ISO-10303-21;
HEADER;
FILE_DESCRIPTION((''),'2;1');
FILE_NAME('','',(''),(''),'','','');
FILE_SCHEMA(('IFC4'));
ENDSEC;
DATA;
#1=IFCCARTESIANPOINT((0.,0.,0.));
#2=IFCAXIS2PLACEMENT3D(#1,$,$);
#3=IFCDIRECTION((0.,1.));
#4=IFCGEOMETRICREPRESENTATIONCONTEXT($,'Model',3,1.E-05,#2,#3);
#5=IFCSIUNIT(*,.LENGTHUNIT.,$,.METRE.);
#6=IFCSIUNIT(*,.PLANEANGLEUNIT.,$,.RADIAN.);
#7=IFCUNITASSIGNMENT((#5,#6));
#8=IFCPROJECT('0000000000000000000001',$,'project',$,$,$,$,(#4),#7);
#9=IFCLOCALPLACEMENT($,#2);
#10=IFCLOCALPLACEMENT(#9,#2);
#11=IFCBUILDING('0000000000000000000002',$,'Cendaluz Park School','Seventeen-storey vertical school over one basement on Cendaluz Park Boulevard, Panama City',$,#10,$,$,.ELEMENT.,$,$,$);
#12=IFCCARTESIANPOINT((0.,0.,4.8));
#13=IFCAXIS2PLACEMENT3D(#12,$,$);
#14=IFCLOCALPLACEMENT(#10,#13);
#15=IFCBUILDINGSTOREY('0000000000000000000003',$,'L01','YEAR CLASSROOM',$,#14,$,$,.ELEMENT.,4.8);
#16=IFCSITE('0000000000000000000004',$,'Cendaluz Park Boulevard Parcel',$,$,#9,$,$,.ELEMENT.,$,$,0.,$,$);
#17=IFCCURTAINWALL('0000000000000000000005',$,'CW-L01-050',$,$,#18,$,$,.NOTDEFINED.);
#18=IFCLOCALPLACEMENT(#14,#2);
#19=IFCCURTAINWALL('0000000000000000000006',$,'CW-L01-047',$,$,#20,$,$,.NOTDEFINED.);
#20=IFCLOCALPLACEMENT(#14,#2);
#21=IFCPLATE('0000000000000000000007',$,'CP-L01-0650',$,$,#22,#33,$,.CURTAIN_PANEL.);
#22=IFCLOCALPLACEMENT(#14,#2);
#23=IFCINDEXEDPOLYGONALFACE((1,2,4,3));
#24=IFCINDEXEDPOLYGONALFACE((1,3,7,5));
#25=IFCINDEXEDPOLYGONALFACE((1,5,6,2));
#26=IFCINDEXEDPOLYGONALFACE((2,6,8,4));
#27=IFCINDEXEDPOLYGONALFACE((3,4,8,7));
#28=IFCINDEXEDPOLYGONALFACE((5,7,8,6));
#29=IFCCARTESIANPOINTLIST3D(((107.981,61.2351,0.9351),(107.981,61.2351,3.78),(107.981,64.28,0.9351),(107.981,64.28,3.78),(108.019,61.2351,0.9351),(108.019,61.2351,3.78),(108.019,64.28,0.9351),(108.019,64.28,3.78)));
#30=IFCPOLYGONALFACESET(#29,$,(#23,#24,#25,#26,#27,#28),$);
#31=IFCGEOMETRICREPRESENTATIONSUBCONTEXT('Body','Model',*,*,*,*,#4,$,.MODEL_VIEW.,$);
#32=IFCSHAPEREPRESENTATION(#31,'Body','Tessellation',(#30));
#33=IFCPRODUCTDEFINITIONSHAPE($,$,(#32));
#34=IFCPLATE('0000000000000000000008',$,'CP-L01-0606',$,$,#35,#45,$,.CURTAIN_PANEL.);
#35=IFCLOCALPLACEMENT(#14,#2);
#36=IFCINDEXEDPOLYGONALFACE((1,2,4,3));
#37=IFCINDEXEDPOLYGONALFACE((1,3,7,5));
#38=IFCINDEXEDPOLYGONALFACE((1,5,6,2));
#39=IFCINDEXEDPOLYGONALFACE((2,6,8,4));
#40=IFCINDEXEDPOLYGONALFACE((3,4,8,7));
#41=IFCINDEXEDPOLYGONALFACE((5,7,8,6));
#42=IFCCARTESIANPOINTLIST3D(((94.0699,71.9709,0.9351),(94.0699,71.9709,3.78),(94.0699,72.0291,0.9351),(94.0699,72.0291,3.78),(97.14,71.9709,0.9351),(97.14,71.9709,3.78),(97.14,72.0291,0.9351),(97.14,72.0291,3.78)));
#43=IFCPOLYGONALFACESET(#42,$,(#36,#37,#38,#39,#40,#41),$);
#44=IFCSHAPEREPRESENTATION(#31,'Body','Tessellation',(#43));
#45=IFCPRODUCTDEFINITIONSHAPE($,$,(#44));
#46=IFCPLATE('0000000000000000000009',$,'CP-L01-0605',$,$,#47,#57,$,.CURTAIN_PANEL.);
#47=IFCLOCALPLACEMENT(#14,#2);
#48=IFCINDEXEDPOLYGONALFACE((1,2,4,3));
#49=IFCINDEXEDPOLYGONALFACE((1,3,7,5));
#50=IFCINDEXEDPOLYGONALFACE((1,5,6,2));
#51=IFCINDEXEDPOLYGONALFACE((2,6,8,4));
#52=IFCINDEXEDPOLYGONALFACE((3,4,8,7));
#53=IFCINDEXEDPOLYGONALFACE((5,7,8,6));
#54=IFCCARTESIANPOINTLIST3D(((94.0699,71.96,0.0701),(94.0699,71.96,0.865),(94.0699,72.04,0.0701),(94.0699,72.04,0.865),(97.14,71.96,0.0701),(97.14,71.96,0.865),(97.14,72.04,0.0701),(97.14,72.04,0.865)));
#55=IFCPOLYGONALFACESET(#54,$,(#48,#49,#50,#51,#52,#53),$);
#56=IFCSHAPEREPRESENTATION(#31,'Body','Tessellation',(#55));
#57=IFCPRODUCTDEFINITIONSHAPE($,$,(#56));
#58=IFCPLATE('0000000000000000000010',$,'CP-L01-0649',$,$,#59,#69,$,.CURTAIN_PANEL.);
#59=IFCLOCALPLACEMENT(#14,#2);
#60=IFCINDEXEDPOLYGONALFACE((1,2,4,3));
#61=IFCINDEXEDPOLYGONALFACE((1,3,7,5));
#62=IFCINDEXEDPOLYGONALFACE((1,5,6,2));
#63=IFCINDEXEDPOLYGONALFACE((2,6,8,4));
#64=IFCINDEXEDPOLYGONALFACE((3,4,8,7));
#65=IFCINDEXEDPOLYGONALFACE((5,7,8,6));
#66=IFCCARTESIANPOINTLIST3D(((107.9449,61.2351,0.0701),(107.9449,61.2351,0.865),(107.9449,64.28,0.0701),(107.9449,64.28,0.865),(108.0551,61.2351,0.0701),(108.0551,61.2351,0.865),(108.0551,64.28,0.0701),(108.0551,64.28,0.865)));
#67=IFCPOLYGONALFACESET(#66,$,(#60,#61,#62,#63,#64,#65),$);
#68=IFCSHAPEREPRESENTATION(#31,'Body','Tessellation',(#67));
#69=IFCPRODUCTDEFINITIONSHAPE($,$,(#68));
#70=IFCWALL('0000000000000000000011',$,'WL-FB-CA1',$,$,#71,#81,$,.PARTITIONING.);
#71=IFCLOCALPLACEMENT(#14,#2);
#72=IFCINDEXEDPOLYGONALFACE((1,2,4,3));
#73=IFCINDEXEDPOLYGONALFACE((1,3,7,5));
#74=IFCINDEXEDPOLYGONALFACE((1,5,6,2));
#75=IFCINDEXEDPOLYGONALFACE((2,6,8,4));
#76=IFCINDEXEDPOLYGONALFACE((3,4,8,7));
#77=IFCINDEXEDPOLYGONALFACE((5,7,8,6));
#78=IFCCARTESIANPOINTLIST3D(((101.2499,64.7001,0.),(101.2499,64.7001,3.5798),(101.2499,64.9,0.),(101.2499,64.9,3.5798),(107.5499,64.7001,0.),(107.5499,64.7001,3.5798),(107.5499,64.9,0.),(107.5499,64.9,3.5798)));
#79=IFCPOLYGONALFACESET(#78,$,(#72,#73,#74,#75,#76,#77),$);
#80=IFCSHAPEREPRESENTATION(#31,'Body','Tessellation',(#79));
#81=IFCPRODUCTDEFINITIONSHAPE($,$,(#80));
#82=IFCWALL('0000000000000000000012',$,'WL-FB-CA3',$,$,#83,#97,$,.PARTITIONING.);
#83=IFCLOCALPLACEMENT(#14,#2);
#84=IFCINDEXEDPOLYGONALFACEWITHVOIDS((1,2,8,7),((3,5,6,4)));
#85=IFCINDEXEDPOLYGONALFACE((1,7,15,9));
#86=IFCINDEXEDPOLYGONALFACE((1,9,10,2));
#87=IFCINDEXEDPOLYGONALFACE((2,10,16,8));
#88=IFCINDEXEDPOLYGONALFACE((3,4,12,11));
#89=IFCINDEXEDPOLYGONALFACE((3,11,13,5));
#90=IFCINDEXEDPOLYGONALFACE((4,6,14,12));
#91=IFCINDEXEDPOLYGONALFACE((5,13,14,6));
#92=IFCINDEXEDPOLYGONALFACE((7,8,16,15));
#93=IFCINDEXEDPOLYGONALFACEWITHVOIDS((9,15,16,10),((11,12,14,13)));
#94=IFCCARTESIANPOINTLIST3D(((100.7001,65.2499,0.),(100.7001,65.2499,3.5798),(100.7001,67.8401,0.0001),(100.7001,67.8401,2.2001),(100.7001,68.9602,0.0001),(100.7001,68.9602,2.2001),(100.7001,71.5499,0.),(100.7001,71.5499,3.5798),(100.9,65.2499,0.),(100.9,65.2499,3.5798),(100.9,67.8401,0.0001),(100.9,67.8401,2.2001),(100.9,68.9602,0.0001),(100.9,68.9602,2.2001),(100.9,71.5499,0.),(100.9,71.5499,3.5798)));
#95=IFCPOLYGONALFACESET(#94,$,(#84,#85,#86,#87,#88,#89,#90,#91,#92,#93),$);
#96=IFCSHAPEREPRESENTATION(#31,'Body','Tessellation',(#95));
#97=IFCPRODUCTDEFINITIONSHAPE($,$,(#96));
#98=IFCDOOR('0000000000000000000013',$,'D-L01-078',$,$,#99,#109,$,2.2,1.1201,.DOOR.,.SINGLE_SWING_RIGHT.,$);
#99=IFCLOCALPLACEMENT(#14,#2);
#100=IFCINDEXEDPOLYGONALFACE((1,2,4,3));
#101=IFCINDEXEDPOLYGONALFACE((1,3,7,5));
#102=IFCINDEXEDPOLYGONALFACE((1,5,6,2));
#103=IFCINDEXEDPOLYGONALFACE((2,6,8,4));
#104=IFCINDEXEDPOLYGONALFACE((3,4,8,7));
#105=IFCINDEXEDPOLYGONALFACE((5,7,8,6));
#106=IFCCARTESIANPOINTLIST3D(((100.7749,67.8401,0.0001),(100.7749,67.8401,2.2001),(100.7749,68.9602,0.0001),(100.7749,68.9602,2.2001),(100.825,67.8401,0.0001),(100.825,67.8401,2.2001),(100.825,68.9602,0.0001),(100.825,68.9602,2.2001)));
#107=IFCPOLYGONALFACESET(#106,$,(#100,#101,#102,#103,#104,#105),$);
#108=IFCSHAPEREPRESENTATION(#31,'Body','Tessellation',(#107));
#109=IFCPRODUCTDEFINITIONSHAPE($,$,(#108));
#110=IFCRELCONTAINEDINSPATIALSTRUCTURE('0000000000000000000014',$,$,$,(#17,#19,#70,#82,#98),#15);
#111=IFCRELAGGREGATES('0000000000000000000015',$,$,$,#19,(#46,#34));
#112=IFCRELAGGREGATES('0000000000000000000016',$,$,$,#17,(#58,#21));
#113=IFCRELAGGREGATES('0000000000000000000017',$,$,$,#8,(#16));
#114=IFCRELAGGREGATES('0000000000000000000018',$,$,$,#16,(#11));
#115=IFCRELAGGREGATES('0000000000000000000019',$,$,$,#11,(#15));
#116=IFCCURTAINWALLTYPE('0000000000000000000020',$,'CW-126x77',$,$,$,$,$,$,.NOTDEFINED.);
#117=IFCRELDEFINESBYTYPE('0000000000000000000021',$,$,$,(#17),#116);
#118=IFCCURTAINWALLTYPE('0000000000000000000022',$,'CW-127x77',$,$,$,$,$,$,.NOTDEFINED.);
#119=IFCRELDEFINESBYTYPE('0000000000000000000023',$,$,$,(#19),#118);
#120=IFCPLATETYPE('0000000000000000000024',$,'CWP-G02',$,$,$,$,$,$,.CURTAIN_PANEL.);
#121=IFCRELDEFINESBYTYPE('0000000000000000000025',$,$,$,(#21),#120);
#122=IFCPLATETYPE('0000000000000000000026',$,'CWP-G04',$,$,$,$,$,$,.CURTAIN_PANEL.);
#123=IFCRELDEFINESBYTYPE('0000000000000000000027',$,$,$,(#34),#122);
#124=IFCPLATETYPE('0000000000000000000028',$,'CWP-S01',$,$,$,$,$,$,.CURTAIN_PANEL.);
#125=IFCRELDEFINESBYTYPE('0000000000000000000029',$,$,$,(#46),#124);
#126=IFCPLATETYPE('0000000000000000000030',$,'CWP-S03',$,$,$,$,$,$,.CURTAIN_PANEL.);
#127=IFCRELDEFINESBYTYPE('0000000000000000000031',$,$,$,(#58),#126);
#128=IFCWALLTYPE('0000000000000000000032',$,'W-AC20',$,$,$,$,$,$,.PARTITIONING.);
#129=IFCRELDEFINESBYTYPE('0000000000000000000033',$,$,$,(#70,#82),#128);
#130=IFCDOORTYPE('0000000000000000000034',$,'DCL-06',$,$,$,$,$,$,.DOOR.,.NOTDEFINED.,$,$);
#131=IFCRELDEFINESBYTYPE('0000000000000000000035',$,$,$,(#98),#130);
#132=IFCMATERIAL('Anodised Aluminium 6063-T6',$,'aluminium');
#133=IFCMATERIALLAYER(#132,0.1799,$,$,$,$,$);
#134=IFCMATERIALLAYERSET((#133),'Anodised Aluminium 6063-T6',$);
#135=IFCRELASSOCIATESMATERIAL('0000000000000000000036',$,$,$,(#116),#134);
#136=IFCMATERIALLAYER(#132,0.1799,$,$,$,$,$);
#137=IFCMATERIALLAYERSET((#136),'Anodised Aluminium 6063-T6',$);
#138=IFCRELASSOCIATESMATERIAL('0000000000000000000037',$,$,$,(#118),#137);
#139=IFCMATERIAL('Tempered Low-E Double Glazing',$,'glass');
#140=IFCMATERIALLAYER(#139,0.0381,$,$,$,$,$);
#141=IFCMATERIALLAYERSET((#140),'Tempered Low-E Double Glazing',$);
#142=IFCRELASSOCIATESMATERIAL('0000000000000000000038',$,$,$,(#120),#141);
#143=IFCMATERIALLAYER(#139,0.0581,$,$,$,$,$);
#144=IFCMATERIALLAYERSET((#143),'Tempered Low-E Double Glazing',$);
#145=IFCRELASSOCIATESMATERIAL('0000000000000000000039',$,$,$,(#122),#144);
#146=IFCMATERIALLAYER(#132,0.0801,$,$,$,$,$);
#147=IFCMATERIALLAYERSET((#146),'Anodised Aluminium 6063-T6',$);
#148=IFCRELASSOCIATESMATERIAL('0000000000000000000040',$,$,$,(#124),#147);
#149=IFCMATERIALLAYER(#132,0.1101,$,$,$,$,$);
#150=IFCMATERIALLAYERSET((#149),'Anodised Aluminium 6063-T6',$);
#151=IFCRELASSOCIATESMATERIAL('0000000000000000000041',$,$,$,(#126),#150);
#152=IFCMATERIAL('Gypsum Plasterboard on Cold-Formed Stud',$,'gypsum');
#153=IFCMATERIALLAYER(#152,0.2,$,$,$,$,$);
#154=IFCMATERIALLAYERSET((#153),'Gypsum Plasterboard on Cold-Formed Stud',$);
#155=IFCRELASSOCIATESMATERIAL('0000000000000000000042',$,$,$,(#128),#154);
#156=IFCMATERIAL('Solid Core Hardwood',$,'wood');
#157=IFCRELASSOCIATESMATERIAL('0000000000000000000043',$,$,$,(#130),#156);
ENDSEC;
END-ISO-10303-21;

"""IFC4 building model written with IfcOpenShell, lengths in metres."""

from ifc_helpers import new_model, si_unit, direction, frame, frame_2d, origin, origin_2d, place, context, subcontext, project, spatial, rectangle, extrude, material, layer, layer_set, type_object, element, fill, aggregate, save


model = new_model("IFC4")

# Units and contexts
model_context = context("Model", 3, precision=1e-05, world=origin(), true_north=direction((0.0, 1.0)))
body_context = subcontext(model_context, "Body", "Model", "MODEL_VIEW")
ifc_project = project(units=[si_unit("LENGTHUNIT", "METRE"), si_unit("PLANEANGLEUNIT", "RADIAN")], contexts=[model_context])

# Site, building, storey
site_placement = place(None, origin())
site = spatial("IfcSite", under=ifc_project, at=site_placement, Name="Cendaluz Park Boulevard Parcel", CompositionType="ELEMENT", RefElevation=0.0)
building_placement = place(site_placement, origin())
building = spatial("IfcBuilding", under=site, at=building_placement, Name="Cendaluz Park School", Description="Seventeen-storey vertical school over one basement on Cendaluz Park Boulevard, Panama City", CompositionType="ELEMENT")
storey_placement = place(building_placement, frame((0.0, 0.0, 4.8)))
storey = spatial("IfcBuildingStorey", under=building, at=storey_placement, Name="L01", Description="YEAR CLASSROOM", CompositionType="ELEMENT", Elevation=4.8)

# Curtain wall
ifc_material_1 = material(Name="Anodised Aluminium 6063-T6", Category="aluminium")
ifc_layer_1 = layer(ifc_material_1, 0.1799)
ifc_layer_set_1 = layer_set([ifc_layer_1], Name="Anodised Aluminium 6063-T6")
curtain_wall_type_1 = type_object("IfcCurtainWallType", Name="CW-126x77", PredefinedType="NOTDEFINED", material=ifc_layer_set_1)
curtain_wall_1_placement = place(storey_placement, origin())
curtain_wall_1 = element("IfcCurtainWall", 1, at=curtain_wall_1_placement, inside=storey, type_object=curtain_wall_type_1, Name="CW-L01-050", PredefinedType="NOTDEFINED")

# Curtain wall
ifc_layer_2 = layer(ifc_material_1, 0.1799)
ifc_layer_set_2 = layer_set([ifc_layer_2], Name="Anodised Aluminium 6063-T6")
curtain_wall_type_2 = type_object("IfcCurtainWallType", Name="CW-127x77", PredefinedType="NOTDEFINED", material=ifc_layer_set_2)
curtain_wall_2_placement = place(storey_placement, origin())
curtain_wall_2 = element("IfcCurtainWall", 2, at=curtain_wall_2_placement, inside=storey, type_object=curtain_wall_type_2, Name="CW-L01-047", PredefinedType="NOTDEFINED")

# Plates
ifc_material_2 = material(Name="Tempered Low-E Double Glazing", Category="glass")
ifc_layer_3 = layer(ifc_material_2, 0.0381)
ifc_layer_set_3 = layer_set([ifc_layer_3], Name="Tempered Low-E Double Glazing")
plate_type_1 = type_object("IfcPlateType", Name="CWP-G02", PredefinedType="CURTAIN_PANEL", material=ifc_layer_set_3)
plate_1_placement = place(storey_placement, frame((108.0, 62.7576, 0.9351), z_axis=(0.0, 0.0, 1.0), x_axis=(0.0, 1.0, 0.0)))
plate_1 = element("IfcPlate", 3, at=plate_1_placement, type_object=plate_type_1, Name="CP-L01-0650", PredefinedType="CURTAIN_PANEL", context=body_context, shape_type="SweptSolid", body=[
    extrude(rectangle(XDim=3.0449, YDim=0.0381, at=origin_2d()), origin(), (0.0, 0.0, 1.0), 2.845),
])
ifc_layer_4 = layer(ifc_material_2, 0.0581)
ifc_layer_set_4 = layer_set([ifc_layer_4], Name="Tempered Low-E Double Glazing")
plate_type_2 = type_object("IfcPlateType", Name="CWP-G04", PredefinedType="CURTAIN_PANEL", material=ifc_layer_set_4)
plate_2_placement = place(storey_placement, frame((95.605, 72.0, 0.9351), z_axis=(0.0, 0.0, 1.0), x_axis=(1.0, 0.0, 0.0)))
plate_2 = element("IfcPlate", 4, at=plate_2_placement, type_object=plate_type_2, Name="CP-L01-0606", PredefinedType="CURTAIN_PANEL", context=body_context, shape_type="SweptSolid", body=[
    extrude(rectangle(XDim=3.0701, YDim=0.0581, at=origin_2d()), origin(), (0.0, 0.0, 1.0), 2.845),
])
ifc_layer_5 = layer(ifc_material_1, 0.0801)
ifc_layer_set_5 = layer_set([ifc_layer_5], Name="Anodised Aluminium 6063-T6")
plate_type_3 = type_object("IfcPlateType", Name="CWP-S01", PredefinedType="CURTAIN_PANEL", material=ifc_layer_set_5)
plate_3_placement = place(storey_placement, frame((95.605, 72.0, 0.0701), z_axis=(0.0, 0.0, 1.0), x_axis=(1.0, 0.0, 0.0)))
plate_3 = element("IfcPlate", 5, at=plate_3_placement, type_object=plate_type_3, Name="CP-L01-0605", PredefinedType="CURTAIN_PANEL", context=body_context, shape_type="SweptSolid", body=[
    extrude(rectangle(XDim=3.0701, YDim=0.0801, at=origin_2d()), origin(), (0.0, 0.0, 1.0), 0.7949),
])
aggregate(curtain_wall_2, [plate_3, plate_2])
ifc_layer_6 = layer(ifc_material_1, 0.1101)
ifc_layer_set_6 = layer_set([ifc_layer_6], Name="Anodised Aluminium 6063-T6")
plate_type_4 = type_object("IfcPlateType", Name="CWP-S03", PredefinedType="CURTAIN_PANEL", material=ifc_layer_set_6)
plate_4_placement = place(storey_placement, frame((108.0, 62.7576, 0.0701), z_axis=(0.0, 0.0, 1.0), x_axis=(0.0, 1.0, 0.0)))
plate_4 = element("IfcPlate", 6, at=plate_4_placement, type_object=plate_type_4, Name="CP-L01-0649", PredefinedType="CURTAIN_PANEL", context=body_context, shape_type="SweptSolid", body=[
    extrude(rectangle(XDim=3.0449, YDim=0.1101, at=origin_2d()), origin(), (0.0, 0.0, 1.0), 0.7949),
])
aggregate(curtain_wall_1, [plate_4, plate_1])

# Wall
ifc_material_3 = material(Name="Gypsum Plasterboard on Cold-Formed Stud", Category="gypsum")
ifc_layer_7 = layer(ifc_material_3, 0.2)
ifc_layer_set_7 = layer_set([ifc_layer_7], Name="Gypsum Plasterboard on Cold-Formed Stud")
wall_type = type_object("IfcWallType", Name="W-AC20", PredefinedType="PARTITIONING", material=ifc_layer_set_7)
wall_1_placement = place(storey_placement, frame((101.25, 64.8, 0.0), z_axis=(0.0, 0.0, 1.0), x_axis=(1.0, 0.0, 0.0)))
element("IfcWall", 7, at=wall_1_placement, inside=storey, type_object=wall_type, Name="WL-FB-CA1", PredefinedType="PARTITIONING", context=body_context, shape_type="SweptSolid", body=[
    extrude(rectangle(XDim=6.3, YDim=0.2, at=frame_2d((3.1499, 0.0))), origin(), (0.0, 0.0, 1.0), 3.5798),
])

# Wall, opening, door
wall_2_placement = place(storey_placement, frame((100.8, 65.25, 0.0), z_axis=(0.0, 0.0, 1.0), x_axis=(0.0, 1.0, 0.0)))
wall_2 = element("IfcWall", 8, at=wall_2_placement, inside=storey, type_object=wall_type, Name="WL-FB-CA3", PredefinedType="PARTITIONING", context=body_context, shape_type="SweptSolid", body=[
    extrude(rectangle(XDim=6.3, YDim=0.2, at=frame_2d((3.1499, 0.0))), origin(), (0.0, 0.0, 1.0), 3.5798),
])
opening_placement = place(wall_2_placement, frame((2.5901, 0.0, 0.0)))
opening = element("IfcOpeningElement", 9, at=opening_placement, cuts=wall_2, PredefinedType="OPENING", context=body_context, shape_type="SweptSolid", body=[
    extrude(rectangle(XDim=1.1201, YDim=2.2, at=frame_2d((0.5601, 1.1001))), frame((0.0, 0.1121, 0.0), z_axis=(0.0, -1.0, 0.0), x_axis=(1.0, 0.0, 0.0)), (0.0, 0.0, 1.0), 0.2239),
])
ifc_material_4 = material(Name="Solid Core Hardwood", Category="wood")
door_type = type_object("IfcDoorType", Name="DCL-06", OperationType="NOTDEFINED", PredefinedType="DOOR", material=ifc_material_4)
door_placement = place(opening_placement, frame((1.1201, 0.0, 0.0), z_axis=(0.0, 0.0, 1.0), x_axis=(-1.0, 0.0, 0.0)))
door = element("IfcDoor", 10, at=door_placement, inside=storey, type_object=door_type, Name="D-L01-078", OperationType="SINGLE_SWING_RIGHT", OverallHeight=2.2, OverallWidth=1.1201, PredefinedType="DOOR", context=body_context, shape_type="SweptSolid", body=[
    extrude(rectangle(XDim=1.1201, YDim=2.2, at=frame_2d((0.5601, 1.1001))), frame((0.0, 0.0249, 0.0), z_axis=(0.0, -1.0, 0.0), x_axis=(1.0, 0.0, 0.0)), (0.0, 0.0, 1.0), 0.05),
])
fill(opening, door)

save(model, "model.ifc")
